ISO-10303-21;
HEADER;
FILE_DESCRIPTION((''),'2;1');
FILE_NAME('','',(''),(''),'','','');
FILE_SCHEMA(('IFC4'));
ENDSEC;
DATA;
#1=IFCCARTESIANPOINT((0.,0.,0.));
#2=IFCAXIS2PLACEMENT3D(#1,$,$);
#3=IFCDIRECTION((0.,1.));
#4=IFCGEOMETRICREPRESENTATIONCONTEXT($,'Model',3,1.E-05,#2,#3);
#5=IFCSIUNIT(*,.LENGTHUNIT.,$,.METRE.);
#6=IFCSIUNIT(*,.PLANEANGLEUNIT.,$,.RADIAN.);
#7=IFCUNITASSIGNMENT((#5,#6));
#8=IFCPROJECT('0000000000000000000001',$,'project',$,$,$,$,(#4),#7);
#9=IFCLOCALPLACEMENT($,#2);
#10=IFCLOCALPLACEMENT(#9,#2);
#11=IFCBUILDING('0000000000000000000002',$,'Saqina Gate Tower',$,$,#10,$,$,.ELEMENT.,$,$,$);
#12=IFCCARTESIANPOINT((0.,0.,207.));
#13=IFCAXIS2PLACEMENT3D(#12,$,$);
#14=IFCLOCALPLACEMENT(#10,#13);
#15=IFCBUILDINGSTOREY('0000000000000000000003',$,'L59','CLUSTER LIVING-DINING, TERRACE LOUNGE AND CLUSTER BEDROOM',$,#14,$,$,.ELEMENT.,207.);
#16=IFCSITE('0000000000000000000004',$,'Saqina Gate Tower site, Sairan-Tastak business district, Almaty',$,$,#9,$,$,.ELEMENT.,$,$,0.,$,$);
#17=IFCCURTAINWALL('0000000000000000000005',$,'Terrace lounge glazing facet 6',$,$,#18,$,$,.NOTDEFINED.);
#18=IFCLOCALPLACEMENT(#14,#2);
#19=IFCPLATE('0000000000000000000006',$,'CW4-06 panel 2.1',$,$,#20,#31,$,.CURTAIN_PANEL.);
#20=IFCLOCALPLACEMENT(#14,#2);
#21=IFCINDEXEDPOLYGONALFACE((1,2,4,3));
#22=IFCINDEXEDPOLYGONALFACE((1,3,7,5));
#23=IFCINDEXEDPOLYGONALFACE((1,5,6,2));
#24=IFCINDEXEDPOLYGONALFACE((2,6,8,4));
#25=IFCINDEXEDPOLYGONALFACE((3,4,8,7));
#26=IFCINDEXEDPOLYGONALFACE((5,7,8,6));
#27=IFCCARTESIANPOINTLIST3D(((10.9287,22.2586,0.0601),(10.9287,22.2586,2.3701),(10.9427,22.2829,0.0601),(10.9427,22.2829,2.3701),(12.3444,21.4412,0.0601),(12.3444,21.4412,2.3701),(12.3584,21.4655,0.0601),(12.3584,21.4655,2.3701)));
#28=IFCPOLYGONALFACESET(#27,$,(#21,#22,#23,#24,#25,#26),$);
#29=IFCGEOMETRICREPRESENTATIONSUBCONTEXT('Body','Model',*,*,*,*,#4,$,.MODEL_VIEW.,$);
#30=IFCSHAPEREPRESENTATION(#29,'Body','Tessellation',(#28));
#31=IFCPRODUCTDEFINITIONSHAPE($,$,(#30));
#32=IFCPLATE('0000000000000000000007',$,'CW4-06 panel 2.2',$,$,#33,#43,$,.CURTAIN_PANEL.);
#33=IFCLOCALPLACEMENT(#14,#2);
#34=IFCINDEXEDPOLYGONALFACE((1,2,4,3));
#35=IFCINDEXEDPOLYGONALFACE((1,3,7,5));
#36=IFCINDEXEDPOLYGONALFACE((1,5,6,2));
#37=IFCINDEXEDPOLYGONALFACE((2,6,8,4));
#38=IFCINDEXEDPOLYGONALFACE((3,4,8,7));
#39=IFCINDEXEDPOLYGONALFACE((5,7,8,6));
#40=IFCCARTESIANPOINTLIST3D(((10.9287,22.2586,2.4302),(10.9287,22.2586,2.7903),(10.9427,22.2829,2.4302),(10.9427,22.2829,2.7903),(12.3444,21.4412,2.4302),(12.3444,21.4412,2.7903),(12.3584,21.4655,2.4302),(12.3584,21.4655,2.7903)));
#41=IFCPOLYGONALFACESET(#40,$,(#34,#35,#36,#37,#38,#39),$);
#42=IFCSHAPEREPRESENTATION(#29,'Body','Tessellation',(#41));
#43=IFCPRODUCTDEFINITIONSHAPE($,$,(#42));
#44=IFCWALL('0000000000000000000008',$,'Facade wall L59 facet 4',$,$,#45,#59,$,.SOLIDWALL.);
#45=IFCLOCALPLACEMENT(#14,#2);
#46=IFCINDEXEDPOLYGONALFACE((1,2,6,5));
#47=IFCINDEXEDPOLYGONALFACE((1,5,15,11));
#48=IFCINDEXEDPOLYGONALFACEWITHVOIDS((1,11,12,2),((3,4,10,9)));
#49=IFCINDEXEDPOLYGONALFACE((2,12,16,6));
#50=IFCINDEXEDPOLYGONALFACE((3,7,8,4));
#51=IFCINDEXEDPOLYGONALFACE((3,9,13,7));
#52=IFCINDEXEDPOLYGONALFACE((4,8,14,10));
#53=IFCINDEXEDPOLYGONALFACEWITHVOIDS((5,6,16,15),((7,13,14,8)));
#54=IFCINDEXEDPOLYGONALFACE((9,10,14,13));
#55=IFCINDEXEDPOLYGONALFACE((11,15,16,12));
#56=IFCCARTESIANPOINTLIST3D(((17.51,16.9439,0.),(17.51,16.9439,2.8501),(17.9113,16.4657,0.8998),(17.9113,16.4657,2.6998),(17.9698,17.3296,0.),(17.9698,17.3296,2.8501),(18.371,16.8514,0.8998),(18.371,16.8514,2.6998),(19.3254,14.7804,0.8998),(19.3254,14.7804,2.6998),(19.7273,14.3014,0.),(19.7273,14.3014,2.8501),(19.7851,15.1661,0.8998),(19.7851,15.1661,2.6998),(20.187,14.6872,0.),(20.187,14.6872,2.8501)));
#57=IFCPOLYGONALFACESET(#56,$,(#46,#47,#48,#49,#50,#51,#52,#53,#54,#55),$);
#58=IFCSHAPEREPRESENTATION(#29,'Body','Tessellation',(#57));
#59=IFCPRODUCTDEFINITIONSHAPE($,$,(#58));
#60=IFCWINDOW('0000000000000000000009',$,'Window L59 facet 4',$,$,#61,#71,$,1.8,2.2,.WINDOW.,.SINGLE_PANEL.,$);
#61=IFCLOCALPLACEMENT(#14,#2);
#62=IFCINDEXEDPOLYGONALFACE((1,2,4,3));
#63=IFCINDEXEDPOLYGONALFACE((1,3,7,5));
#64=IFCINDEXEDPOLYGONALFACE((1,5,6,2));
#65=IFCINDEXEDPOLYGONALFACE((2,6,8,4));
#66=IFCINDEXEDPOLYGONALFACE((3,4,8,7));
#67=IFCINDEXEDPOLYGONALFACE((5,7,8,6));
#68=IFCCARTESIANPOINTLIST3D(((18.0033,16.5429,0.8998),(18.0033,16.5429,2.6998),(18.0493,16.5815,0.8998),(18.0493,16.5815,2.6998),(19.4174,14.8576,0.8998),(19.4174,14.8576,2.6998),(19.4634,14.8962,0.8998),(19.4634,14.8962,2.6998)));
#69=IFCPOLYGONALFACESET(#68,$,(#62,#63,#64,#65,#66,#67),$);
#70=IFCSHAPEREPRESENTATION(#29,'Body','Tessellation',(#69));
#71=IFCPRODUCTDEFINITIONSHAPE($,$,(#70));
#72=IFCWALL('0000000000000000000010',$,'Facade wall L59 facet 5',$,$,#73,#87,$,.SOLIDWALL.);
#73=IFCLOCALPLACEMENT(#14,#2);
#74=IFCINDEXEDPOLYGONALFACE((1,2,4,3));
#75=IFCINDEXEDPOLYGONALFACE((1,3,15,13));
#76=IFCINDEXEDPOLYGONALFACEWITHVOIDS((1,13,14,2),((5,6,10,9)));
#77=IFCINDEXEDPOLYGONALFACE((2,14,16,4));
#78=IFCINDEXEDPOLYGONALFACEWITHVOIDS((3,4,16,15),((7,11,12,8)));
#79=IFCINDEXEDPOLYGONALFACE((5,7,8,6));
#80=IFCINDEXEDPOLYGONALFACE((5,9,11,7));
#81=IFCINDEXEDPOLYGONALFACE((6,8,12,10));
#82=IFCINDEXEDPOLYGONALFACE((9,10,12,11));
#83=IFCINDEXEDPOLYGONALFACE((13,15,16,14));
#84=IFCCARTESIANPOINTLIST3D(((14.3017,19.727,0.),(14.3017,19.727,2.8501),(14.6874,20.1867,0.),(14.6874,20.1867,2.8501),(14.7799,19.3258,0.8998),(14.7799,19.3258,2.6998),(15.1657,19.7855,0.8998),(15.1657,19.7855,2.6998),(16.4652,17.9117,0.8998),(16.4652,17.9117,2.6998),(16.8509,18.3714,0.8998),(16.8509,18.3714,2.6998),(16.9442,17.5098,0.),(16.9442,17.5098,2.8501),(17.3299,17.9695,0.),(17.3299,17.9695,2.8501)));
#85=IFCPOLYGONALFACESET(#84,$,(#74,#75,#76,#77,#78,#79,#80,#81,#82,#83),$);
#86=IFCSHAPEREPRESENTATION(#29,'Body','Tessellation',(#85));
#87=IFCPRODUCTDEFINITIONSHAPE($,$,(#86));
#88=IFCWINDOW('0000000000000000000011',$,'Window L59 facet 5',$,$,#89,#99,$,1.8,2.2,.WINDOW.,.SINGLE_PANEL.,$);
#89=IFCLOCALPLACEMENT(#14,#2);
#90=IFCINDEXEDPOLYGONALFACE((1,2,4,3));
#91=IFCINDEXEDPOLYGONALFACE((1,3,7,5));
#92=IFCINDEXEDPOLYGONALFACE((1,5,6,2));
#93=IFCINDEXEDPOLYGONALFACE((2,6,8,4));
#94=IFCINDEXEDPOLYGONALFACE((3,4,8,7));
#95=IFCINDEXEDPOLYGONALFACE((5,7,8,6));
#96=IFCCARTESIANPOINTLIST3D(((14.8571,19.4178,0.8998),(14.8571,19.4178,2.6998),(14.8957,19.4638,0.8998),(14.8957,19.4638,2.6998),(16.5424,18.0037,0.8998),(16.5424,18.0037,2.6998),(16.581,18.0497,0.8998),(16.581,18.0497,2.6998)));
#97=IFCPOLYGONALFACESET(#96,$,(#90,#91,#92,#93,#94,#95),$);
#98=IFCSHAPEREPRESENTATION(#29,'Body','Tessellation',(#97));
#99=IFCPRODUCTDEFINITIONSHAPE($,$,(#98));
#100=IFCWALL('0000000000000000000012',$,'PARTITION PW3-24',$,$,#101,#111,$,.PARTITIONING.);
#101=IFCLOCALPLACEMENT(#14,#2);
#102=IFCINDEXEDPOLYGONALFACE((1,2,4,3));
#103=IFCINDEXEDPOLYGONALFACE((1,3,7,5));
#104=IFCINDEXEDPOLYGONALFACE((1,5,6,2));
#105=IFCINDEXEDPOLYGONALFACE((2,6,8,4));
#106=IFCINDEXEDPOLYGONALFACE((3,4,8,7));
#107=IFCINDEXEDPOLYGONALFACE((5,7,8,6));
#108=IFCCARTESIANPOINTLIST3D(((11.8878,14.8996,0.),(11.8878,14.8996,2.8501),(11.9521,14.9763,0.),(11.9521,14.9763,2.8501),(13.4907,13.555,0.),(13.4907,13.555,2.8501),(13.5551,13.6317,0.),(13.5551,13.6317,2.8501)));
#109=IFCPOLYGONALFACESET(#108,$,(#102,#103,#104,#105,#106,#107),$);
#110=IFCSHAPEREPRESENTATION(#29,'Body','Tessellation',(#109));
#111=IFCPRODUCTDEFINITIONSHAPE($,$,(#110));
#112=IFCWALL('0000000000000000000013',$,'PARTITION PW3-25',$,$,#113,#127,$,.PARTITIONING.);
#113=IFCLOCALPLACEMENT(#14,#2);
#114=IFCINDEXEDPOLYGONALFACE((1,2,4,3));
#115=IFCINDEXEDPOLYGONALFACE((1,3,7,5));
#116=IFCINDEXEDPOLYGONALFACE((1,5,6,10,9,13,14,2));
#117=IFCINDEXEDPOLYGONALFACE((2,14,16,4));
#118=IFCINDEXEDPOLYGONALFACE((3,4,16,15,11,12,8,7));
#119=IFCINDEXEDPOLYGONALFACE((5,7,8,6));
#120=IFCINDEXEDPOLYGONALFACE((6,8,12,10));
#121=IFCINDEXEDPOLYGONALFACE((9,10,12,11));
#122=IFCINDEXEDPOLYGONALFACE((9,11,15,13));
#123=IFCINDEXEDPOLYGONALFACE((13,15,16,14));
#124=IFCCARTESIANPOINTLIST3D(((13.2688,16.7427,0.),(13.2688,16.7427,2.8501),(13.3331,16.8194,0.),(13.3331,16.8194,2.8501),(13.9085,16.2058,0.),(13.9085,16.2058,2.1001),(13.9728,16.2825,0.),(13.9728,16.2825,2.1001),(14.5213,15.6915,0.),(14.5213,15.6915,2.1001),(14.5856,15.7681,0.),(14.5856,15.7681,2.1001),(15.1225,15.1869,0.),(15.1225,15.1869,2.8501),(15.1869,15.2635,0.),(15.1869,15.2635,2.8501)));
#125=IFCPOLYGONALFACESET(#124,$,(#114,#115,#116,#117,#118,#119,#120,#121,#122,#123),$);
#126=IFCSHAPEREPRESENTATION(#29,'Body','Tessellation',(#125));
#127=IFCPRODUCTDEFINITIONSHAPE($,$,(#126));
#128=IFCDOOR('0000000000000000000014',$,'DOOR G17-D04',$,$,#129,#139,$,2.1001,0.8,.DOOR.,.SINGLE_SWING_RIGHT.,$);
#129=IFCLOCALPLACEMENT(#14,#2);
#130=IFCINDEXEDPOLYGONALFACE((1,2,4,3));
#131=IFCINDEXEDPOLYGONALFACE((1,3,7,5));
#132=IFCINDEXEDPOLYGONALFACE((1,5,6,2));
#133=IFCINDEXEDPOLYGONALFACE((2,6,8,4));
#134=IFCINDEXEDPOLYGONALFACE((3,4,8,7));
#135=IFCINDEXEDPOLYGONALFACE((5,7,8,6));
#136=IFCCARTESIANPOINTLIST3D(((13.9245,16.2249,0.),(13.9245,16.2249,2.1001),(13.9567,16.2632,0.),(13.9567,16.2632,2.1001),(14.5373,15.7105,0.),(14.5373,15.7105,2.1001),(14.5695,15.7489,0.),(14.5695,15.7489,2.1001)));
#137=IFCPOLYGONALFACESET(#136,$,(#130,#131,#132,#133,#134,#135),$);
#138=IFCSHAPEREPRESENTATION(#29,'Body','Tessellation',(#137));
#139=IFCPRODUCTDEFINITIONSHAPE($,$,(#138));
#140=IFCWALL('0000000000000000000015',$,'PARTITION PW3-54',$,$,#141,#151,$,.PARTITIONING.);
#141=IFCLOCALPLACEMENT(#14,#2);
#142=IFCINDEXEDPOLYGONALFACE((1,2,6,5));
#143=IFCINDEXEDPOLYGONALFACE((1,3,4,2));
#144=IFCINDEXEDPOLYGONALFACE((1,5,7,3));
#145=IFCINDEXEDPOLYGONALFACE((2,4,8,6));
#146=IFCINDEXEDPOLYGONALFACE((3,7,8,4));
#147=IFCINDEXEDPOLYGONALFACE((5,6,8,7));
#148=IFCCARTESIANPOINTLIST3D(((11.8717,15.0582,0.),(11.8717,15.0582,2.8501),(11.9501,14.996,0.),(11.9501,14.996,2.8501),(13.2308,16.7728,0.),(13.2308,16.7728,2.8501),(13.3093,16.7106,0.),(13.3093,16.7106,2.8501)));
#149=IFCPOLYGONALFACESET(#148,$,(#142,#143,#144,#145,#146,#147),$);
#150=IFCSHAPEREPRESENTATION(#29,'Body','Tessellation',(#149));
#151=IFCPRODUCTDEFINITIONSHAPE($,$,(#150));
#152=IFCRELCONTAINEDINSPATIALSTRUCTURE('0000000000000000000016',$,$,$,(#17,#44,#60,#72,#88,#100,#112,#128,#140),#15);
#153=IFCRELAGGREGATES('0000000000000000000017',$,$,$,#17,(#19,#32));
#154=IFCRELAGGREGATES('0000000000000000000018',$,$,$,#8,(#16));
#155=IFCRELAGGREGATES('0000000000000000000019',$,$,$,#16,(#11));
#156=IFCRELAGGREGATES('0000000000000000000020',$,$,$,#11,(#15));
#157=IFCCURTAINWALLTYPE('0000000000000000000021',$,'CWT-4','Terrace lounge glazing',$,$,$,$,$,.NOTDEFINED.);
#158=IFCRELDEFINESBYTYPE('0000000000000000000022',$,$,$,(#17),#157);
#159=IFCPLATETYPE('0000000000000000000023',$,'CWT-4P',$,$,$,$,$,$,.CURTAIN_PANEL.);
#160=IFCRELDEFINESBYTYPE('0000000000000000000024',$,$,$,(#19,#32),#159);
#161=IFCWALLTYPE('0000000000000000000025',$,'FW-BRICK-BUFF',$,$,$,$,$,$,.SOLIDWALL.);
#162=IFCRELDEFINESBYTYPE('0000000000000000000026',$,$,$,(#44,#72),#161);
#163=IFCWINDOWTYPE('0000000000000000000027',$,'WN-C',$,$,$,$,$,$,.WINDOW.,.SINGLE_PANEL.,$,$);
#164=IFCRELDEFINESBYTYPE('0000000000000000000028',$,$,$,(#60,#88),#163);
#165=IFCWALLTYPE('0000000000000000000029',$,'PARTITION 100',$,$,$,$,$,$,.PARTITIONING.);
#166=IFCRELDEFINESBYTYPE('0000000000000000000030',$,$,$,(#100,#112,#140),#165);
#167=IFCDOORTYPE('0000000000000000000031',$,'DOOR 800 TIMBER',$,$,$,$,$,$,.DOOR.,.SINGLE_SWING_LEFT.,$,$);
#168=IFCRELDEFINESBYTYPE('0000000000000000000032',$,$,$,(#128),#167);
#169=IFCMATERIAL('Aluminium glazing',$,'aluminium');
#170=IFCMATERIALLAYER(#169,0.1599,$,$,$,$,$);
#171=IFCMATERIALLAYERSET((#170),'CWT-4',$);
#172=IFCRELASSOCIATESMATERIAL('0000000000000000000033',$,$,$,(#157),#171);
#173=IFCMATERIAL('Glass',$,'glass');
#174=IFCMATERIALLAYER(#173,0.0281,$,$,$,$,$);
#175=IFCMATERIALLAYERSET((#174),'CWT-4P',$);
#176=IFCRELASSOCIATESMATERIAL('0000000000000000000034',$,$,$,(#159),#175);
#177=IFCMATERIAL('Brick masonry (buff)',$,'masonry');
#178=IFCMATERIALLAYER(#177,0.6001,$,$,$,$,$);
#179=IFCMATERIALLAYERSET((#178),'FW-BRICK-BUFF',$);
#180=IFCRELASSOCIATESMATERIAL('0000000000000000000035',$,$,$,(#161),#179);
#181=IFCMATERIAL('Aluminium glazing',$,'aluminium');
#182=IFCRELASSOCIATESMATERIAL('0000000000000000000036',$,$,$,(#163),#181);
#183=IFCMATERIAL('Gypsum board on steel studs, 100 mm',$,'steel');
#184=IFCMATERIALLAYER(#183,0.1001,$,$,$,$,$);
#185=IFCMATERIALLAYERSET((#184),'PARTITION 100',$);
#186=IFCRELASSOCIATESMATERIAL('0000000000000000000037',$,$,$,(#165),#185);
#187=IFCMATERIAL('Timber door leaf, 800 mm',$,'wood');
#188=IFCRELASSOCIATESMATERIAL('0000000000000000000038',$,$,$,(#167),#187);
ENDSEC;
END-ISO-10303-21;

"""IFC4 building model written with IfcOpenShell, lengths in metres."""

from ifc_helpers import new_model, si_unit, direction, frame, frame_2d, origin, origin_2d, place, context, subcontext, project, spatial, rectangle, extrude, material, layer, layer_set, type_object, element, fill, aggregate, save


model = new_model("IFC4")

# Units and contexts
model_context = context("Model", 3, precision=1e-05, world=origin(), true_north=direction((0.0, 1.0)))
body_context = subcontext(model_context, "Body", "Model", "MODEL_VIEW")
ifc_project = project(units=[si_unit("LENGTHUNIT", "METRE"), si_unit("PLANEANGLEUNIT", "RADIAN")], contexts=[model_context])

# Site, building, storey
site_placement = place(None, origin())
site = spatial("IfcSite", under=ifc_project, at=site_placement, Name="Saqina Gate Tower site, Sairan-Tastak business district, Almaty", CompositionType="ELEMENT", RefElevation=0.0)
building_placement = place(site_placement, origin())
building = spatial("IfcBuilding", under=site, at=building_placement, Name="Saqina Gate Tower", CompositionType="ELEMENT")
storey_placement = place(building_placement, frame((0.0, 0.0, 207.0)))
storey = spatial("IfcBuildingStorey", under=building, at=storey_placement, Name="L59", Description="CLUSTER LIVING-DINING, TERRACE LOUNGE AND CLUSTER BEDROOM", CompositionType="ELEMENT", Elevation=207.0)

# Curtain wall, plates
ifc_material_1 = material(Name="Aluminium glazing", Category="aluminium")
ifc_layer_1 = layer(ifc_material_1, 0.1599)
ifc_layer_set_1 = layer_set([ifc_layer_1], Name="CWT-4")
curtain_wall_type = type_object("IfcCurtainWallType", Name="CWT-4", Description="Terrace lounge glazing", PredefinedType="NOTDEFINED", material=ifc_layer_set_1)
curtain_wall_placement = place(storey_placement, origin())
curtain_wall = element("IfcCurtainWall", 1, at=curtain_wall_placement, inside=storey, type_object=curtain_wall_type, Name="Terrace lounge glazing facet 6", PredefinedType="NOTDEFINED")
ifc_material_2 = material(Name="Glass", Category="glass")
ifc_layer_2 = layer(ifc_material_2, 0.0281)
ifc_layer_set_2 = layer_set([ifc_layer_2], Name="CWT-4P")
plate_type = type_object("IfcPlateType", Name="CWT-4P", PredefinedType="CURTAIN_PANEL", material=ifc_layer_set_2)
plate_1_placement = place(storey_placement, frame((11.6436, 21.8621, 0.0601), z_axis=(0.0, 0.0, 1.0), x_axis=(-0.866017, 0.500014, 0.0)))
plate_1 = element("IfcPlate", 2, at=plate_1_placement, type_object=plate_type, Name="CW4-06 panel 2.1", PredefinedType="CURTAIN_PANEL", context=body_context, shape_type="SweptSolid", body=[
    extrude(rectangle(XDim=1.6348, YDim=0.0281, at=origin_2d()), origin(), (0.0, 0.0, 1.0), 2.3101),
])
plate_2_placement = place(storey_placement, frame((11.6436, 21.8621, 2.4302), z_axis=(0.0, 0.0, 1.0), x_axis=(-0.866017, 0.500014, 0.0)))
plate_2 = element("IfcPlate", 3, at=plate_2_placement, type_object=plate_type, Name="CW4-06 panel 2.2", PredefinedType="CURTAIN_PANEL", context=body_context, shape_type="SweptSolid", body=[
    extrude(rectangle(XDim=1.6348, YDim=0.0281, at=origin_2d()), origin(), (0.0, 0.0, 1.0), 0.3601),
])
aggregate(curtain_wall, [plate_1, plate_2])

# Walls, openings, windows
ifc_material_3 = material(Name="Brick masonry (buff)", Category="masonry")
ifc_layer_3 = layer(ifc_material_3, 0.6001)
ifc_layer_set_3 = layer_set([ifc_layer_3], Name="FW-BRICK-BUFF")
wall_type_1 = type_object("IfcWallType", Name="FW-BRICK-BUFF", PredefinedType="SOLIDWALL", material=ifc_layer_set_3)
wall_1_placement = place(storey_placement, frame((19.957, 14.4944, 0.0), z_axis=(0.0, 0.0, 1.0), x_axis=(-0.64277, 0.766059, 0.0)))
wall_1 = element("IfcWall", 4, at=wall_1_placement, inside=storey, type_object=wall_type_1, Name="Facade wall L59 facet 4", PredefinedType="SOLIDWALL", context=body_context, shape_type="SweptSolid", body=[
    extrude(rectangle(XDim=3.4495, YDim=0.6001, at=frame_2d((1.7246, 0.0))), origin(), (0.0, 0.0, 1.0), 2.8501),
])
opening_1_placement = place(wall_1_placement, frame((0.625, 0.0, 0.8999)))
opening_1 = element("IfcOpeningElement", 5, at=opening_1_placement, cuts=wall_1, PredefinedType="OPENING", context=body_context, shape_type="SweptSolid", body=[
    extrude(rectangle(XDim=2.2, YDim=1.8, at=frame_2d((1.1001, 0.8999))), frame((0.0, 0.312, 0.0), z_axis=(0.0, -1.0, 0.0), x_axis=(1.0, 0.0, 0.0)), (0.0, 0.0, 1.0), 0.624),
])
ifc_material_4 = material(Name="Aluminium glazing", Category="aluminium")
window_type = type_object("IfcWindowType", Name="WN-C", PartitioningType="SINGLE_PANEL", PredefinedType="WINDOW", material=ifc_material_4)
window_1_placement = place(opening_1_placement, origin())
window_1 = element("IfcWindow", 6, at=window_1_placement, inside=storey, type_object=window_type, Name="Window L59 facet 4", OverallHeight=1.8, OverallWidth=2.2, PartitioningType="SINGLE_PANEL", PredefinedType="WINDOW", context=body_context, shape_type="SweptSolid", body=[
    extrude(rectangle(XDim=2.2, YDim=1.8, at=frame_2d((1.1001, 0.8999))), frame((0.0, 0.1799, 0.0), z_axis=(0.0, -1.0, 0.0), x_axis=(1.0, 0.0, 0.0)), (0.0, 0.0, 1.0), 0.0601),
])
fill(opening_1, window_1)
wall_2_placement = place(storey_placement, frame((17.137, 17.7397, 0.0), z_axis=(0.0, 0.0, 1.0), x_axis=(-0.766059, 0.64277, 0.0)))
wall_2 = element("IfcWall", 7, at=wall_2_placement, inside=storey, type_object=wall_type_1, Name="Facade wall L59 facet 5", PredefinedType="SOLIDWALL", context=body_context, shape_type="SweptSolid", body=[
    extrude(rectangle(XDim=3.4495, YDim=0.6001, at=frame_2d((1.7246, 0.0))), origin(), (0.0, 0.0, 1.0), 2.8501),
])
opening_2_placement = place(wall_2_placement, frame((0.625, 0.0, 0.8999)))
opening_2 = element("IfcOpeningElement", 8, at=opening_2_placement, cuts=wall_2, PredefinedType="OPENING", context=body_context, shape_type="SweptSolid", body=[
    extrude(rectangle(XDim=2.2, YDim=1.8, at=frame_2d((1.1001, 0.8999))), frame((0.0, 0.312, 0.0), z_axis=(0.0, -1.0, 0.0), x_axis=(1.0, 0.0, 0.0)), (0.0, 0.0, 1.0), 0.624),
])
window_2_placement = place(opening_2_placement, origin())
window_2 = element("IfcWindow", 9, at=window_2_placement, inside=storey, type_object=window_type, Name="Window L59 facet 5", OverallHeight=1.8, OverallWidth=2.2, PartitioningType="SINGLE_PANEL", PredefinedType="WINDOW", context=body_context, shape_type="SweptSolid", body=[
    extrude(rectangle(XDim=2.2, YDim=1.8, at=frame_2d((1.1001, 0.8999))), frame((0.0, 0.1799, 0.0), z_axis=(0.0, -1.0, 0.0), x_axis=(1.0, 0.0, 0.0)), (0.0, 0.0, 1.0), 0.0601),
])
fill(opening_2, window_2)

# Wall
ifc_material_5 = material(Name="Gypsum board on steel studs, 100 mm", Category="steel")
ifc_layer_4 = layer(ifc_material_5, 0.1001)
ifc_layer_set_4 = layer_set([ifc_layer_4], Name="PARTITION 100")
wall_type_2 = type_object("IfcWallType", Name="PARTITION 100", PredefinedType="PARTITIONING", material=ifc_layer_set_4)
wall_3_placement = place(storey_placement, frame((11.9199, 14.938, 0.0), z_axis=(0.0, 0.0, 1.0), x_axis=(0.766132, -0.642683, 0.0)))
element("IfcWall", 10, at=wall_3_placement, inside=storey, type_object=wall_type_2, Name="PARTITION PW3-24", PredefinedType="PARTITIONING", context=body_context, shape_type="SweptSolid", body=[
    extrude(rectangle(XDim=2.0923, YDim=0.1001, at=frame_2d((1.0461, 0.0))), origin(), (0.0, 0.0, 1.0), 2.8501),
])

# Wall, opening, door
wall_4_placement = place(storey_placement, frame((13.301, 16.781, 0.0), z_axis=(0.0, 0.0, 1.0), x_axis=(0.765959, -0.642889, 0.0)))
wall_4 = element("IfcWall", 11, at=wall_4_placement, inside=storey, type_object=wall_type_2, Name="PARTITION PW3-25", PredefinedType="PARTITIONING", context=body_context, shape_type="SweptSolid", body=[
    extrude(rectangle(XDim=2.4202, YDim=0.1001, at=frame_2d((1.21, 0.0))), origin(), (0.0, 0.0, 1.0), 2.8501),
])
opening_3_placement = place(wall_4_placement, frame((0.8352, 0.0, 0.0)))
opening_3 = element("IfcOpeningElement", 12, at=opening_3_placement, cuts=wall_4, PredefinedType="OPENING", context=body_context, shape_type="SweptSolid", body=[
    extrude(rectangle(XDim=0.8, YDim=2.1001, at=frame_2d((0.3999, 1.05))), frame((0.0, 0.062, 0.0), z_axis=(0.0, -1.0, 0.0), x_axis=(1.0, 0.0, 0.0)), (0.0, 0.0, 1.0), 0.124),
])
ifc_material_6 = material(Name="Timber door leaf, 800 mm", Category="wood")
door_type_1 = type_object("IfcDoorType", Name="DOOR 800 TIMBER", OperationType="SINGLE_SWING_LEFT", PredefinedType="DOOR", material=ifc_material_6)
door_1_placement = place(opening_3_placement, origin())
door_1 = element("IfcDoor", 13, at=door_1_placement, inside=storey, type_object=door_type_1, Name="DOOR G17-D04", OperationType="SINGLE_SWING_RIGHT", OverallHeight=2.1001, OverallWidth=0.8, PredefinedType="DOOR", context=body_context, shape_type="SweptSolid", body=[
    extrude(rectangle(XDim=0.8, YDim=2.1001, at=frame_2d((0.3999, 1.05))), frame((0.0, 0.0249, 0.0), z_axis=(0.0, -1.0, 0.0), x_axis=(1.0, 0.0, 0.0)), (0.0, 0.0, 1.0), 0.05),
])
fill(opening_3, door_1)

# Wall
wall_5_placement = place(storey_placement, frame((11.9109, 15.0271, 0.0), z_axis=(0.0, 0.0, 1.0), x_axis=(0.621192, 0.783659, 0.0)))
element("IfcWall", 14, at=wall_5_placement, inside=storey, type_object=wall_type_2, Name="PARTITION PW3-54", PredefinedType="PARTITIONING", context=body_context, shape_type="SweptSolid", body=[
    extrude(rectangle(XDim=2.188, YDim=0.1001, at=frame_2d((1.094, 0.0))), origin(), (0.0, 0.0, 1.0), 2.8501),
])

save(model, "model.ifc")
